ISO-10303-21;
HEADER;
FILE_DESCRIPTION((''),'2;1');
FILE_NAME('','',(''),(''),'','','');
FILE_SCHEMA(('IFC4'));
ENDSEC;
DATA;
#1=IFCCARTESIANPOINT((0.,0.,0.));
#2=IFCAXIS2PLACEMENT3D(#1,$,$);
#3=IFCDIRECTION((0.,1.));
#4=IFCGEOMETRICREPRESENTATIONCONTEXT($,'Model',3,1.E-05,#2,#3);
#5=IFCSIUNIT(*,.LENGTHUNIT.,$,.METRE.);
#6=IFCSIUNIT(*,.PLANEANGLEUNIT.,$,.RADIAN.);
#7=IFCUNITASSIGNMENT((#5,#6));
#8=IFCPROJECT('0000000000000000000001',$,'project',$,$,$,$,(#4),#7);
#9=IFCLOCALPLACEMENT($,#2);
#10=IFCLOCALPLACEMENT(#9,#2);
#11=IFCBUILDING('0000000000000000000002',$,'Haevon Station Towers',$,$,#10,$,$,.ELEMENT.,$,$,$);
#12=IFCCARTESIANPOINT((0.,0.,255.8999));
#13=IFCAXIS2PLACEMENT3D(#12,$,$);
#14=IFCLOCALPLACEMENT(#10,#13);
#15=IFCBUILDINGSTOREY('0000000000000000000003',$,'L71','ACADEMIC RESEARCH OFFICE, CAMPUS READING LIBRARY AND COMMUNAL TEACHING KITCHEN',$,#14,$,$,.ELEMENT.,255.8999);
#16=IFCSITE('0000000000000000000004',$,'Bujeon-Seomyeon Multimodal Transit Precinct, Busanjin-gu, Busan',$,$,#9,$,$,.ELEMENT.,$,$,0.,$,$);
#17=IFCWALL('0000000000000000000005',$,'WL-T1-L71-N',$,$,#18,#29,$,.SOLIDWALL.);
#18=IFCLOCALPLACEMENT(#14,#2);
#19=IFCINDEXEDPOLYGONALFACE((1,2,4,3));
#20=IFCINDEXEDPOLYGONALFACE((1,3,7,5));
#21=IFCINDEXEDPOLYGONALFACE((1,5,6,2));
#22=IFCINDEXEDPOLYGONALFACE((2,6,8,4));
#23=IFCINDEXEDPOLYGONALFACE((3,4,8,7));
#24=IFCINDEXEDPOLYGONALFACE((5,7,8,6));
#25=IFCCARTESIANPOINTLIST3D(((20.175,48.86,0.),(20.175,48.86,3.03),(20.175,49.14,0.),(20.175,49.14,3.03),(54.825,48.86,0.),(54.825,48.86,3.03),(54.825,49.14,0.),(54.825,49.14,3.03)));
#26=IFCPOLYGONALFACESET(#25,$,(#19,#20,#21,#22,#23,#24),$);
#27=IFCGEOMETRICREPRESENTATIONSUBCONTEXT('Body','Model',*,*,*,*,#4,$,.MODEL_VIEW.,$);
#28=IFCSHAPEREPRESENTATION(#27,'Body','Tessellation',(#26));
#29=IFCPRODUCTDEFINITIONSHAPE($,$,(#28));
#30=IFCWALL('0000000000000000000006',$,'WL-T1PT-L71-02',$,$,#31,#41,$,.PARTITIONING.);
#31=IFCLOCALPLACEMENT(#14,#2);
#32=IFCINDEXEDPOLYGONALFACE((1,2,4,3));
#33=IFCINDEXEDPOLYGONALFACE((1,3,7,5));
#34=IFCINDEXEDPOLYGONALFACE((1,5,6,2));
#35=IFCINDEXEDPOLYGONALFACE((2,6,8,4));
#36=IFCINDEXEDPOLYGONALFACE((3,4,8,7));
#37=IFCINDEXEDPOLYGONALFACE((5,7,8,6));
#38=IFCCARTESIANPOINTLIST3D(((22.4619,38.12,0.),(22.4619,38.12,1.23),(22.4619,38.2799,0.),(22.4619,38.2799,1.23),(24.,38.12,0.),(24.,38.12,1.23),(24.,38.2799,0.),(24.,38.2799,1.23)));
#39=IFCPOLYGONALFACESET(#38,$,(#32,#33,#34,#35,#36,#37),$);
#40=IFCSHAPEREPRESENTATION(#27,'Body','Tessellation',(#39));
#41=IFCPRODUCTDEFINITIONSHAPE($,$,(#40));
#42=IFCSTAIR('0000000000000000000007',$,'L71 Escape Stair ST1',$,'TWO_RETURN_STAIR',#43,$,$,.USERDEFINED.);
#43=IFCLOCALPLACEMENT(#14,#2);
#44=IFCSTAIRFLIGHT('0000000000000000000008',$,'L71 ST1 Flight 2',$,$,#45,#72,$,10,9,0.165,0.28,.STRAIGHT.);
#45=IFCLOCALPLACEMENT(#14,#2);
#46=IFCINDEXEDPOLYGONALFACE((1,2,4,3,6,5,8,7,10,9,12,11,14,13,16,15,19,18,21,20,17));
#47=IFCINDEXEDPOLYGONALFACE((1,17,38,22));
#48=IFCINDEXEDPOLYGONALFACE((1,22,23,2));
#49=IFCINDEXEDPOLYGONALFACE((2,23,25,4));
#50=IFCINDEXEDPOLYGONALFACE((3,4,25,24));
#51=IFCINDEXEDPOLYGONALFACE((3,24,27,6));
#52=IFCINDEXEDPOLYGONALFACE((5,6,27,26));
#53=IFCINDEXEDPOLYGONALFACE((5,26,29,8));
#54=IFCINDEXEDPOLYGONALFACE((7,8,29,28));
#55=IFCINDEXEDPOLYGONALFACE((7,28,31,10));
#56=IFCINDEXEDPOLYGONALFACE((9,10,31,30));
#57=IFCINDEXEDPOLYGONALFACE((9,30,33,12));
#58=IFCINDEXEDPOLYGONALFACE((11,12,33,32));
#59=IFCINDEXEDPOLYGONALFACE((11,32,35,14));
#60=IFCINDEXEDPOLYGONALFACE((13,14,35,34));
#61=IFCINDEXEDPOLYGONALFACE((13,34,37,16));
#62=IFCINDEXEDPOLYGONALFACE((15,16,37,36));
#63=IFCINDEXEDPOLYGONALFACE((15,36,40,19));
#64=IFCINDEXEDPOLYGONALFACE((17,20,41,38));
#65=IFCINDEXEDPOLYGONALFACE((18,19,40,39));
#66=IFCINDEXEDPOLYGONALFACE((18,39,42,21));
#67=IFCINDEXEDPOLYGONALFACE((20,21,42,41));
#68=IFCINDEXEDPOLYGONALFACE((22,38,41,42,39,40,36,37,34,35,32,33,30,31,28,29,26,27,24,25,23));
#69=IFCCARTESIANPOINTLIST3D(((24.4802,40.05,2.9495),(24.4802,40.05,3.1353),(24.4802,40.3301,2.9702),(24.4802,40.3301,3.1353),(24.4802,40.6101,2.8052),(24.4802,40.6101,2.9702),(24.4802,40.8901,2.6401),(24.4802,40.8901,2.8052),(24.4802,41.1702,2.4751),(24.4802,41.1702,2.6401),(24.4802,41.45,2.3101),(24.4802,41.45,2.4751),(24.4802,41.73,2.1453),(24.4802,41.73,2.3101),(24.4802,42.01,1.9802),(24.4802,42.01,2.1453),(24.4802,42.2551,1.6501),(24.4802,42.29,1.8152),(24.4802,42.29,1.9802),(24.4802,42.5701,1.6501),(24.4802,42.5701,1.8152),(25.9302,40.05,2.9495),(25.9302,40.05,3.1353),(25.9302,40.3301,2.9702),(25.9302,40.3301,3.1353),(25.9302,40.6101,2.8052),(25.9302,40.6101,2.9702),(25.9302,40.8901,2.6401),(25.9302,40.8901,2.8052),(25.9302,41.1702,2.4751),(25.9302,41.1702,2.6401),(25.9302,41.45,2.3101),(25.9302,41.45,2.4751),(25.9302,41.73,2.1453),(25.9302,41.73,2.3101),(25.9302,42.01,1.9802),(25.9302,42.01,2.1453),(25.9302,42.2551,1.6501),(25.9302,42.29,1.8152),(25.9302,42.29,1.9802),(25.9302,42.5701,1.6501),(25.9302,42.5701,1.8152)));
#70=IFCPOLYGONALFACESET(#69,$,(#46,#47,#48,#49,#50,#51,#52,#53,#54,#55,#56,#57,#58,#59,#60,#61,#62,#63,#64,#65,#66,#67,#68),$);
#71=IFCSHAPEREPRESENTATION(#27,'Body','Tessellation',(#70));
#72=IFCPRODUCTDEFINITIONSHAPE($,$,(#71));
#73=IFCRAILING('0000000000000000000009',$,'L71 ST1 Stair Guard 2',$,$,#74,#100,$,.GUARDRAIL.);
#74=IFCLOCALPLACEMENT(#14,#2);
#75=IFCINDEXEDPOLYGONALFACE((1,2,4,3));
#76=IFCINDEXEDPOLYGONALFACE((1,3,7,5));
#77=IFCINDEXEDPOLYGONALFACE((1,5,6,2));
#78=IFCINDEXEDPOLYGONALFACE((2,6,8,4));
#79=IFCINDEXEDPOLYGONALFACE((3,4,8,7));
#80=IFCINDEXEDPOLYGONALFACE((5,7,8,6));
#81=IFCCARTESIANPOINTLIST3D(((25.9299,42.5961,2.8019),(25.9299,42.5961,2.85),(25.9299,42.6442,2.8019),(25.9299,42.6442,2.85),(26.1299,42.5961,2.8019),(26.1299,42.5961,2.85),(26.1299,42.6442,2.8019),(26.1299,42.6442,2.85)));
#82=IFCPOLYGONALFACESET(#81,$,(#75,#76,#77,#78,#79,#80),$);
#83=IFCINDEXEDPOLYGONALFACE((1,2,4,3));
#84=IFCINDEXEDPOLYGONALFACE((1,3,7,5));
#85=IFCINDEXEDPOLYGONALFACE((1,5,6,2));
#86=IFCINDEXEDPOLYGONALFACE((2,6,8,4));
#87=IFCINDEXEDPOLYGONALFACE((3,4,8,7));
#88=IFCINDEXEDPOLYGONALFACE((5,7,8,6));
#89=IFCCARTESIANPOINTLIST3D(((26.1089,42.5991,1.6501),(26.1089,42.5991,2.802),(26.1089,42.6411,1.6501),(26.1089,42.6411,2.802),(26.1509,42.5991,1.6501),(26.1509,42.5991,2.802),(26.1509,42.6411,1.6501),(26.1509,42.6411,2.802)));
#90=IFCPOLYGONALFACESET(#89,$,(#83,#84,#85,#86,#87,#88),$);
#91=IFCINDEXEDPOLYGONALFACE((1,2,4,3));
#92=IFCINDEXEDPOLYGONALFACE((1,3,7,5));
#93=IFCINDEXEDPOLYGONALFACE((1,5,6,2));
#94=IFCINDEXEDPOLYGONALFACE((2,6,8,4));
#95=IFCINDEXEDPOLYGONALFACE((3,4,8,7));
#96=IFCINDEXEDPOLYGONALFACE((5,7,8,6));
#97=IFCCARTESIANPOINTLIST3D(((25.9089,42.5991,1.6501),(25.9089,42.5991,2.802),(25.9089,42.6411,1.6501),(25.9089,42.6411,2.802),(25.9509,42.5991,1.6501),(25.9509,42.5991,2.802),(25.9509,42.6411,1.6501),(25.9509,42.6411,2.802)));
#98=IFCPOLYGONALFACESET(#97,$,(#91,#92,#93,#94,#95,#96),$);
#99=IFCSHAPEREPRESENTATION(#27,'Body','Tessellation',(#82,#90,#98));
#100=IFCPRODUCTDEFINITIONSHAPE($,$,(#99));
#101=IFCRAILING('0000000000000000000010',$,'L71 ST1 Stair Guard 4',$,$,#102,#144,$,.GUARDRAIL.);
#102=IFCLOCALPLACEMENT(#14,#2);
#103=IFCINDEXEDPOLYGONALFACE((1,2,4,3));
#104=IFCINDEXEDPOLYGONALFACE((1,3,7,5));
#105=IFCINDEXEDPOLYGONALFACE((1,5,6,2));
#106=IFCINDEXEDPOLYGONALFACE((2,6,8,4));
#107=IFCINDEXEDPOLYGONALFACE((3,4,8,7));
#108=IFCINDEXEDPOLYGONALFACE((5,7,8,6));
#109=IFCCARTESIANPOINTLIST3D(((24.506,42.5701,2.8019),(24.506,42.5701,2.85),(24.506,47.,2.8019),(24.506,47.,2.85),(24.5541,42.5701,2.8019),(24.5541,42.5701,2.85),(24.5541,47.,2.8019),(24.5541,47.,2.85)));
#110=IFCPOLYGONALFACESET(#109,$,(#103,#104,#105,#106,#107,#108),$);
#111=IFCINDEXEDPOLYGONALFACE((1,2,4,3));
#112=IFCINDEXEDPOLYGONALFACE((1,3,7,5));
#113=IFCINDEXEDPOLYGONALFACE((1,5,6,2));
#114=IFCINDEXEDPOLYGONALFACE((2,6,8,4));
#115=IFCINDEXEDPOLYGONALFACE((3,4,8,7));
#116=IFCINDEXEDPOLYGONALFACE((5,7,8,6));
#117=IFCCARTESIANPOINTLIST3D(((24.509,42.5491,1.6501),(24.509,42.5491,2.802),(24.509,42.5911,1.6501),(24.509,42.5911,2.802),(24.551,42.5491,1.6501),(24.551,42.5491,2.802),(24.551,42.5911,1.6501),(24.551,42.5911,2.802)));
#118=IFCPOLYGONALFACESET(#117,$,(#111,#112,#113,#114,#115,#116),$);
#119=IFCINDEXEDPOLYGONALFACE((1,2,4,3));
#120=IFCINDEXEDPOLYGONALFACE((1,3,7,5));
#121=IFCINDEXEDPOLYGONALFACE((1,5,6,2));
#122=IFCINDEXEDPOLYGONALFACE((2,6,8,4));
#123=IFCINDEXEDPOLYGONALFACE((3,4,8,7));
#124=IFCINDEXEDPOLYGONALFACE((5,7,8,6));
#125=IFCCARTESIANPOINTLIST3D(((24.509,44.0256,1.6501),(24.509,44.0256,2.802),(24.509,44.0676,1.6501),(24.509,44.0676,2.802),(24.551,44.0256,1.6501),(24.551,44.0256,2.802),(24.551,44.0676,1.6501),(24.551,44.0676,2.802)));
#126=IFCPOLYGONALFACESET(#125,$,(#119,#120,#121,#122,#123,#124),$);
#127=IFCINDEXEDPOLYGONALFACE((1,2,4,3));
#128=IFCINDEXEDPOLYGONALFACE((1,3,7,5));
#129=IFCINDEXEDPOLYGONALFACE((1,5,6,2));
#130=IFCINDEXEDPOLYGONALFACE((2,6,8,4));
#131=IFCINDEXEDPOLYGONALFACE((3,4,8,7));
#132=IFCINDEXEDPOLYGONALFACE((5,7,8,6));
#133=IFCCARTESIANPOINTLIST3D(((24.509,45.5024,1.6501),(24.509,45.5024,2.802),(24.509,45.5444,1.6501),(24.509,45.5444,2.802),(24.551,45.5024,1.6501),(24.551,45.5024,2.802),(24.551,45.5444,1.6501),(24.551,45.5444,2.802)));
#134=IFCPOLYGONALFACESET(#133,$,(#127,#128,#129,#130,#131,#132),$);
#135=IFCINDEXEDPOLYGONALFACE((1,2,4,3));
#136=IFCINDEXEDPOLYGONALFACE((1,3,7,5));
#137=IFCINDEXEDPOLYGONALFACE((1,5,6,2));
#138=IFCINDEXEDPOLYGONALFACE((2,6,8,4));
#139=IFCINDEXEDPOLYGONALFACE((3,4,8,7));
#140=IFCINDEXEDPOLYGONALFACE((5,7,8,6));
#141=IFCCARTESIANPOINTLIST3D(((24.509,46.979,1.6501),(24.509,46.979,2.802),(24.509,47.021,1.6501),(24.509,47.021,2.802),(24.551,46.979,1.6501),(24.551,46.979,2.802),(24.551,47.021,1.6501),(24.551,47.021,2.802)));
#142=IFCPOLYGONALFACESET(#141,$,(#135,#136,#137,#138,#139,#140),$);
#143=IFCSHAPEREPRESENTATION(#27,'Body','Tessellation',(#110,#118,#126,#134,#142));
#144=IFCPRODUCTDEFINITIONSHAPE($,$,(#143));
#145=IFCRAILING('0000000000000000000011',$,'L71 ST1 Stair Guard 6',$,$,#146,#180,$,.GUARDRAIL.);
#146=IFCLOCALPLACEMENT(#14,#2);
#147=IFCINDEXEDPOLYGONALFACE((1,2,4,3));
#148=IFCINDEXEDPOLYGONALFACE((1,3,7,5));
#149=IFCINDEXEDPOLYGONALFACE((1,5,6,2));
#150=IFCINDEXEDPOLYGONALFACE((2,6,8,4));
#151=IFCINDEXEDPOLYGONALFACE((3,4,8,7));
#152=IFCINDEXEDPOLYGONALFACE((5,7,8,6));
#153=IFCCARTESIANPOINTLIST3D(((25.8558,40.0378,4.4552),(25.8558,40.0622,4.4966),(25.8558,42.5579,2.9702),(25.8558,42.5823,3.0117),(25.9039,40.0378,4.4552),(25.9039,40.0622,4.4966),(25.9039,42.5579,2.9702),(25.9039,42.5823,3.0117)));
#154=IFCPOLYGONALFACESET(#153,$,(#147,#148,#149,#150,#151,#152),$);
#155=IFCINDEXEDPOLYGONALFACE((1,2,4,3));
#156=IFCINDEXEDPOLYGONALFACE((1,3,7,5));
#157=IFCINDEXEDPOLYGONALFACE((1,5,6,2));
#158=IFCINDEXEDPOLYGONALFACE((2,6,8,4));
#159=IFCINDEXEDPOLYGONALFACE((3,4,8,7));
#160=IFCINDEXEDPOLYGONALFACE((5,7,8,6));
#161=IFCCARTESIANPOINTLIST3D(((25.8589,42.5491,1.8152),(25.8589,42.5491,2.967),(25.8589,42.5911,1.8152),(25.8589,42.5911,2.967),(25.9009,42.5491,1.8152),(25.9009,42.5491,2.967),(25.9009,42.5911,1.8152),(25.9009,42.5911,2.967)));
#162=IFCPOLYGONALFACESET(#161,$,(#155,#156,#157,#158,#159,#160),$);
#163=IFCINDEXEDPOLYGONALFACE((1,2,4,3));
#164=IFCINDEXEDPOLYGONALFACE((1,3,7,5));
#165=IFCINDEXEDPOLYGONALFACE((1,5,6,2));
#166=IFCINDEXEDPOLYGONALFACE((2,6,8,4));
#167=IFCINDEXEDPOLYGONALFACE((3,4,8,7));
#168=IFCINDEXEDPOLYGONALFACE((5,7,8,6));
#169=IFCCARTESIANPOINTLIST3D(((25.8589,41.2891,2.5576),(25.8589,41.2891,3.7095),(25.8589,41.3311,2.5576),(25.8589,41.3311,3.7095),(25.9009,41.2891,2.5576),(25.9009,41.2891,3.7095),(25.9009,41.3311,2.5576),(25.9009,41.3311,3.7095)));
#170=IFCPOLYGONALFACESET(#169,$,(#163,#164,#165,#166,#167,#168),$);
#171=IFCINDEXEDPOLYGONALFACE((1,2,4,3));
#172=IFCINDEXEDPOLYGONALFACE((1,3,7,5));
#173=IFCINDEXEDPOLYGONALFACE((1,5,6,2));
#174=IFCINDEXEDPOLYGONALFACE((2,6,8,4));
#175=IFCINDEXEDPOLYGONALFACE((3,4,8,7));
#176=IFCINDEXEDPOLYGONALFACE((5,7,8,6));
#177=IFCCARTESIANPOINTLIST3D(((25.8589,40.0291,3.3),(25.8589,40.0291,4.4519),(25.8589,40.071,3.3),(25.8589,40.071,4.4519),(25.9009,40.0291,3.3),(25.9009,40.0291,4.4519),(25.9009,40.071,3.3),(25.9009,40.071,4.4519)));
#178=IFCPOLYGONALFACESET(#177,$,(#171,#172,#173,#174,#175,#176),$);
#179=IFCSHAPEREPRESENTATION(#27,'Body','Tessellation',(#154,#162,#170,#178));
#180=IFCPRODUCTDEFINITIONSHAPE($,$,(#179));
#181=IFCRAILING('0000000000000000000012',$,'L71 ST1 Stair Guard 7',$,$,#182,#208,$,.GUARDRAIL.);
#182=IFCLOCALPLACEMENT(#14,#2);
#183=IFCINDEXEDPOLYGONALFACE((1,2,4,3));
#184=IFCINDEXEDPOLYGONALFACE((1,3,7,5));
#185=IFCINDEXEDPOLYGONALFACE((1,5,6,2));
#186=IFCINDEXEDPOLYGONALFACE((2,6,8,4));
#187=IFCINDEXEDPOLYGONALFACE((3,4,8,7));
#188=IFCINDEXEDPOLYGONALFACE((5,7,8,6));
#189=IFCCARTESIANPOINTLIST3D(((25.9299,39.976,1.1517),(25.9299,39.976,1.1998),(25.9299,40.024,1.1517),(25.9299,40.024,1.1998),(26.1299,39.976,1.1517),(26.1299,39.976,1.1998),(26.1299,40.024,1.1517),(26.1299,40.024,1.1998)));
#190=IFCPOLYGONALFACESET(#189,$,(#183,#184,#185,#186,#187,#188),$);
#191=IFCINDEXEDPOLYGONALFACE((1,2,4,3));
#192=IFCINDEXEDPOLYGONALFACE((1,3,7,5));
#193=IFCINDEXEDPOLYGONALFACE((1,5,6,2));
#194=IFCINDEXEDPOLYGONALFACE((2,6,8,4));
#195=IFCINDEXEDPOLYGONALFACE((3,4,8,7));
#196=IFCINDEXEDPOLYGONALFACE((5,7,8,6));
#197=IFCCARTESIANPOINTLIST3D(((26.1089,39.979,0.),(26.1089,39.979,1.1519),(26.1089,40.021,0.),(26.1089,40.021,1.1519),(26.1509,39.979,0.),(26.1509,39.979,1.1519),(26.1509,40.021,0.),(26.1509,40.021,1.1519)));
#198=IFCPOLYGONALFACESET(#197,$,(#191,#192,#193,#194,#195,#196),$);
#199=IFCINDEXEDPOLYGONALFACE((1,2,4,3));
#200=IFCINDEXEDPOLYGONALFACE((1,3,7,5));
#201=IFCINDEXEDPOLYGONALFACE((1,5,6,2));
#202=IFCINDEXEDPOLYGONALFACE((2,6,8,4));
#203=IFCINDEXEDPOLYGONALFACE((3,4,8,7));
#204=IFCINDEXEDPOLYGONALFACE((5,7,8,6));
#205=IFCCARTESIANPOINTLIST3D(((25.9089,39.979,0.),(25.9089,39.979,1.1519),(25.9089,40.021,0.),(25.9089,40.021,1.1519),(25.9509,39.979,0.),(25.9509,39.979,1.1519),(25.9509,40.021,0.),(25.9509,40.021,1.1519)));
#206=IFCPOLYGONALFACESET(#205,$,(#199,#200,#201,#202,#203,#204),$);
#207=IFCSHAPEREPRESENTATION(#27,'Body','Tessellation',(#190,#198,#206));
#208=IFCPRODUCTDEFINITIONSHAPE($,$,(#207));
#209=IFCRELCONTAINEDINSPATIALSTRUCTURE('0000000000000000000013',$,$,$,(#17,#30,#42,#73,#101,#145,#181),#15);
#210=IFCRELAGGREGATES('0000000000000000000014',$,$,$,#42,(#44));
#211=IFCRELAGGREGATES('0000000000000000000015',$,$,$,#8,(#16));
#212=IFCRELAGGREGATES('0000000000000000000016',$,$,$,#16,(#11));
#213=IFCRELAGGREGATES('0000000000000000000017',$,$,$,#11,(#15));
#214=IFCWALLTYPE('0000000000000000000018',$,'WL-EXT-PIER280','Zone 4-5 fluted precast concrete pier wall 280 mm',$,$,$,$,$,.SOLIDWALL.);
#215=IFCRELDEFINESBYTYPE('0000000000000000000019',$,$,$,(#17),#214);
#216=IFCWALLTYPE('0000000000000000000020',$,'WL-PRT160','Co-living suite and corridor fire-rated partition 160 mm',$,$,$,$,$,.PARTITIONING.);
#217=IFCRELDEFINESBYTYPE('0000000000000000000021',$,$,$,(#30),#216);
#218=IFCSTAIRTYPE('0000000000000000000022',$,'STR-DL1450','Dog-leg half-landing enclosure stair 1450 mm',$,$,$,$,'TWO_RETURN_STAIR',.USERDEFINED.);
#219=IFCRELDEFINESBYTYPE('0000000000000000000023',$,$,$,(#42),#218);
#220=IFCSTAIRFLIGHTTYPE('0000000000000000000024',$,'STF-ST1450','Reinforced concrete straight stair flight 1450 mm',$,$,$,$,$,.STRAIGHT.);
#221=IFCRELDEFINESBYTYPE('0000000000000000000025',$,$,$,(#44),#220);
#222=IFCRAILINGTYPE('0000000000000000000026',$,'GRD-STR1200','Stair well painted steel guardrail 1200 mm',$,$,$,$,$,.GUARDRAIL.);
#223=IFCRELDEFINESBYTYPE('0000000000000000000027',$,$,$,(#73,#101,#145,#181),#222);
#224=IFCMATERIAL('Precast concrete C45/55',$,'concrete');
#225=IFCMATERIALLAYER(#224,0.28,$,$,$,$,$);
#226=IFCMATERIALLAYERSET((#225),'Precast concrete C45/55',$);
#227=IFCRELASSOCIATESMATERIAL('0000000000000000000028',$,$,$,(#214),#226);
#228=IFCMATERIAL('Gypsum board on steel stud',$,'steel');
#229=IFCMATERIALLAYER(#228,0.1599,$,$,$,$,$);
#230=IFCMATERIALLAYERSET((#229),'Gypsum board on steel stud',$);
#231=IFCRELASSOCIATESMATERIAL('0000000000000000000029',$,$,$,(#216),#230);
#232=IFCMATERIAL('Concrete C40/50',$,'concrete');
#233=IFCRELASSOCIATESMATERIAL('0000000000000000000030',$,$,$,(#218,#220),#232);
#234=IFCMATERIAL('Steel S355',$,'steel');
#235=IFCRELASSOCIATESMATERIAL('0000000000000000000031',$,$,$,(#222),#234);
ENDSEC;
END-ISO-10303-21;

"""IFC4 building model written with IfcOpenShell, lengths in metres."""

from ifc_helpers import new_model, si_unit, direction, frame, frame_2d, origin, origin_2d, place, context, subcontext, project, spatial, polyline, rectangle, outline, extrude, material, layer, layer_set, type_object, element, aggregate, save


model = new_model("IFC4")

# Units and contexts
model_context = context("Model", 3, precision=1e-05, world=origin(), true_north=direction((0.0, 1.0)))
body_context = subcontext(model_context, "Body", "Model", "MODEL_VIEW")
ifc_project = project(units=[si_unit("LENGTHUNIT", "METRE"), si_unit("PLANEANGLEUNIT", "RADIAN")], contexts=[model_context])

# Site, building, storey
site_placement = place(None, origin())
site = spatial("IfcSite", under=ifc_project, at=site_placement, Name="Bujeon-Seomyeon Multimodal Transit Precinct, Busanjin-gu, Busan", CompositionType="ELEMENT", RefElevation=0.0)
building_placement = place(site_placement, origin())
building = spatial("IfcBuilding", under=site, at=building_placement, Name="Haevon Station Towers", CompositionType="ELEMENT")
storey_placement = place(building_placement, frame((0.0, 0.0, 255.8999)))
storey = spatial("IfcBuildingStorey", under=building, at=storey_placement, Name="L71", Description="ACADEMIC RESEARCH OFFICE, CAMPUS READING LIBRARY AND COMMUNAL TEACHING KITCHEN", CompositionType="ELEMENT", Elevation=255.8999)

# Shared definitions
ifc_material_1 = material(Name="Steel S355", Category="steel")

# Shared definitions
ifc_material_2 = material(Name="Gypsum board on steel stud", Category="steel")

# Walls
ifc_material_3 = material(Name="Precast concrete C45/55", Category="concrete")
ifc_layer_1 = layer(ifc_material_3, 0.28)
ifc_layer_set_1 = layer_set([ifc_layer_1], Name="Precast concrete C45/55")
wall_type_1 = type_object("IfcWallType", Name="WL-EXT-PIER280", Description="Zone 4-5 fluted precast concrete pier wall 280 mm", PredefinedType="SOLIDWALL", material=ifc_layer_set_1)
wall_1_placement = place(storey_placement, frame((20.175, 49.0, 0.0), z_axis=(0.0, 0.0, 1.0), x_axis=(1.0, 0.0, 0.0)))
element("IfcWall", 1, at=wall_1_placement, inside=storey, type_object=wall_type_1, Name="WL-T1-L71-N", PredefinedType="SOLIDWALL", context=body_context, shape_type="SweptSolid", body=[
    extrude(rectangle(XDim=34.6499, YDim=0.28, at=frame_2d((17.325, 0.0))), origin(), (0.0, 0.0, 1.0), 3.03),
])
ifc_layer_2 = layer(ifc_material_2, 0.1599)
ifc_layer_set_2 = layer_set([ifc_layer_2], Name="Gypsum board on steel stud")
wall_type_2 = type_object("IfcWallType", Name="WL-PRT160", Description="Co-living suite and corridor fire-rated partition 160 mm", PredefinedType="PARTITIONING", material=ifc_layer_set_2)
wall_2_placement = place(storey_placement, frame((22.4619, 38.2, 0.0), z_axis=(0.0, 0.0, 1.0), x_axis=(1.0, 0.0, 0.0)))
element("IfcWall", 2, at=wall_2_placement, inside=storey, type_object=wall_type_2, Name="WL-T1PT-L71-02", PredefinedType="PARTITIONING", context=body_context, shape_type="SweptSolid", body=[
    extrude(rectangle(XDim=1.5381, YDim=0.1599, at=frame_2d((0.769, 0.0))), origin(), (0.0, 0.0, 1.0), 1.23),
])

# Stair, stair flight
ifc_material_4 = material(Name="Concrete C40/50", Category="concrete")
stair_type = type_object("IfcStairType", Name="STR-DL1450", Description="Dog-leg half-landing enclosure stair 1450 mm", ElementType="TWO_RETURN_STAIR", PredefinedType="USERDEFINED", material=ifc_material_4)
stair_placement = place(storey_placement, origin())
stair = element("IfcStair", 3, at=stair_placement, inside=storey, type_object=stair_type, Name="L71 Escape Stair ST1", ObjectType="TWO_RETURN_STAIR", PredefinedType="USERDEFINED")
stair_flight_type = type_object("IfcStairFlightType", Name="STF-ST1450", Description="Reinforced concrete straight stair flight 1450 mm", PredefinedType="STRAIGHT", material=ifc_material_4)
stair_flight_placement = place(storey_placement, frame((25.2051, 42.5701, 1.6501), z_axis=(0.0, 0.0, 1.0), x_axis=(0.0, -1.0, 0.0)))
stair_flight = element("IfcStairFlight", 4, at=stair_flight_placement, type_object=stair_flight_type, Name="L71 ST1 Flight 2", NumberOfRisers=10, NumberOfTreads=9, PredefinedType="STRAIGHT", RiserHeight=0.165, TreadLength=0.28, context=body_context, shape_type="SweptSolid", body=[
    extrude(outline(polyline([(0.0, 0.0), (0.0, 0.165), (0.28, 0.165), (0.28, 0.3301), (0.5601, 0.3301), (0.5601, 0.4951), (0.8401, 0.4951), (0.8401, 0.6599), (1.1201, 0.6599), (1.1201, 0.825), (1.3999, 0.825), (1.3999, 0.99), (1.6799, 0.99), (1.6799, 1.155), (1.96, 1.155), (1.96, 1.3201), (2.24, 1.3201), (2.24, 1.4851), (2.52, 1.4851), (2.52, 1.6499), (2.52, 1.2993), (0.3149, 0.0), (0.0, 0.0)])), frame((0.0, 0.7251, 0.0), z_axis=(0.0, -1.0, 0.0), x_axis=(1.0, 0.0, 0.0)), (0.0, 0.0, 1.0), 1.45),
])
aggregate(stair, [stair_flight])

# Railings
railing_type_1 = type_object("IfcRailingType", Name="GRD-STR1200", Description="Stair well painted steel guardrail 1200 mm", PredefinedType="GUARDRAIL", material=ifc_material_1)
railing_1_placement = place(storey_placement, frame((26.1299, 42.6201, 1.6501)))
element("IfcRailing", 5, at=railing_1_placement, inside=storey, type_object=railing_type_1, Name="L71 ST1 Stair Guard 2", PredefinedType="GUARDRAIL", context=body_context, shape_type="SweptSolid", body=[
    extrude(rectangle(XDim=0.0481, YDim=0.0481, at=origin_2d()), frame((0.0, 0.0, 1.1758), z_axis=(-1.0, 0.0, 0.0), x_axis=(0.0, -1.0, 0.0)), (0.0, 0.0, 1.0), 0.2),
    extrude(rectangle(XDim=0.042, YDim=0.042, at=origin_2d()), origin(), (0.0, 0.0, 1.0), 1.1519),
    extrude(rectangle(XDim=0.042, YDim=0.042, at=origin_2d()), frame((-0.2, 0.0, 0.0)), (0.0, 0.0, 1.0), 1.1519),
])
railing_2_placement = place(storey_placement, frame((24.53, 42.5701, 1.6501)))
element("IfcRailing", 6, at=railing_2_placement, inside=storey, type_object=railing_type_1, Name="L71 ST1 Stair Guard 4", PredefinedType="GUARDRAIL", context=body_context, shape_type="SweptSolid", body=[
    extrude(rectangle(XDim=0.0481, YDim=0.0481, at=origin_2d()), frame((0.0, 0.0, 1.1758), z_axis=(0.0, 1.0, 0.0), x_axis=(-1.0, 0.0, 0.0)), (0.0, 0.0, 1.0), 4.4299),
    extrude(rectangle(XDim=0.042, YDim=0.042, at=origin_2d()), origin(), (0.0, 0.0, 1.0), 1.1519),
    extrude(rectangle(XDim=0.042, YDim=0.042, at=origin_2d()), frame((0.0, 1.4766, 0.0)), (0.0, 0.0, 1.0), 1.1519),
    extrude(rectangle(XDim=0.042, YDim=0.042, at=origin_2d()), frame((0.0, 2.9534, 0.0)), (0.0, 0.0, 1.0), 1.1519),
    extrude(rectangle(XDim=0.042, YDim=0.042, at=origin_2d()), frame((0.0, 4.4299, 0.0)), (0.0, 0.0, 1.0), 1.1519),
])
railing_3_placement = place(storey_placement, frame((25.8799, 42.5701, 1.8152)))
element("IfcRailing", 7, at=railing_3_placement, inside=storey, type_object=railing_type_1, Name="L71 ST1 Stair Guard 6", PredefinedType="GUARDRAIL", context=body_context, shape_type="SweptSolid", body=[
    extrude(rectangle(XDim=0.0481, YDim=0.0481, at=origin_2d()), frame((0.0, 0.0, 1.1758), z_axis=(0.0, -0.861561, 0.507655), x_axis=(1.0, 0.0, 0.0)), (0.0, 0.0, 1.0), 2.925),
    extrude(rectangle(XDim=0.042, YDim=0.042, at=origin_2d()), origin(), (0.0, 0.0, 1.0), 1.1519),
    extrude(rectangle(XDim=0.042, YDim=0.042, at=origin_2d()), frame((0.0, -1.26, 0.7424)), (0.0, 0.0, 1.0), 1.1519),
    extrude(rectangle(XDim=0.042, YDim=0.042, at=origin_2d()), frame((0.0, -2.52, 1.4849)), (0.0, 0.0, 1.0), 1.1519),
])
railing_4_placement = place(storey_placement, frame((26.1299, 40.0, 0.0)))
element("IfcRailing", 8, at=railing_4_placement, inside=storey, type_object=railing_type_1, Name="L71 ST1 Stair Guard 7", PredefinedType="GUARDRAIL", context=body_context, shape_type="SweptSolid", body=[
    extrude(rectangle(XDim=0.0481, YDim=0.0481, at=origin_2d()), frame((0.0, 0.0, 1.1758), z_axis=(-1.0, 0.0, 0.0), x_axis=(0.0, -1.0, 0.0)), (0.0, 0.0, 1.0), 0.2),
    extrude(rectangle(XDim=0.042, YDim=0.042, at=origin_2d()), origin(), (0.0, 0.0, 1.0), 1.1519),
    extrude(rectangle(XDim=0.042, YDim=0.042, at=origin_2d()), frame((-0.2, 0.0, 0.0)), (0.0, 0.0, 1.0), 1.1519),
])

save(model, "model.ifc")
